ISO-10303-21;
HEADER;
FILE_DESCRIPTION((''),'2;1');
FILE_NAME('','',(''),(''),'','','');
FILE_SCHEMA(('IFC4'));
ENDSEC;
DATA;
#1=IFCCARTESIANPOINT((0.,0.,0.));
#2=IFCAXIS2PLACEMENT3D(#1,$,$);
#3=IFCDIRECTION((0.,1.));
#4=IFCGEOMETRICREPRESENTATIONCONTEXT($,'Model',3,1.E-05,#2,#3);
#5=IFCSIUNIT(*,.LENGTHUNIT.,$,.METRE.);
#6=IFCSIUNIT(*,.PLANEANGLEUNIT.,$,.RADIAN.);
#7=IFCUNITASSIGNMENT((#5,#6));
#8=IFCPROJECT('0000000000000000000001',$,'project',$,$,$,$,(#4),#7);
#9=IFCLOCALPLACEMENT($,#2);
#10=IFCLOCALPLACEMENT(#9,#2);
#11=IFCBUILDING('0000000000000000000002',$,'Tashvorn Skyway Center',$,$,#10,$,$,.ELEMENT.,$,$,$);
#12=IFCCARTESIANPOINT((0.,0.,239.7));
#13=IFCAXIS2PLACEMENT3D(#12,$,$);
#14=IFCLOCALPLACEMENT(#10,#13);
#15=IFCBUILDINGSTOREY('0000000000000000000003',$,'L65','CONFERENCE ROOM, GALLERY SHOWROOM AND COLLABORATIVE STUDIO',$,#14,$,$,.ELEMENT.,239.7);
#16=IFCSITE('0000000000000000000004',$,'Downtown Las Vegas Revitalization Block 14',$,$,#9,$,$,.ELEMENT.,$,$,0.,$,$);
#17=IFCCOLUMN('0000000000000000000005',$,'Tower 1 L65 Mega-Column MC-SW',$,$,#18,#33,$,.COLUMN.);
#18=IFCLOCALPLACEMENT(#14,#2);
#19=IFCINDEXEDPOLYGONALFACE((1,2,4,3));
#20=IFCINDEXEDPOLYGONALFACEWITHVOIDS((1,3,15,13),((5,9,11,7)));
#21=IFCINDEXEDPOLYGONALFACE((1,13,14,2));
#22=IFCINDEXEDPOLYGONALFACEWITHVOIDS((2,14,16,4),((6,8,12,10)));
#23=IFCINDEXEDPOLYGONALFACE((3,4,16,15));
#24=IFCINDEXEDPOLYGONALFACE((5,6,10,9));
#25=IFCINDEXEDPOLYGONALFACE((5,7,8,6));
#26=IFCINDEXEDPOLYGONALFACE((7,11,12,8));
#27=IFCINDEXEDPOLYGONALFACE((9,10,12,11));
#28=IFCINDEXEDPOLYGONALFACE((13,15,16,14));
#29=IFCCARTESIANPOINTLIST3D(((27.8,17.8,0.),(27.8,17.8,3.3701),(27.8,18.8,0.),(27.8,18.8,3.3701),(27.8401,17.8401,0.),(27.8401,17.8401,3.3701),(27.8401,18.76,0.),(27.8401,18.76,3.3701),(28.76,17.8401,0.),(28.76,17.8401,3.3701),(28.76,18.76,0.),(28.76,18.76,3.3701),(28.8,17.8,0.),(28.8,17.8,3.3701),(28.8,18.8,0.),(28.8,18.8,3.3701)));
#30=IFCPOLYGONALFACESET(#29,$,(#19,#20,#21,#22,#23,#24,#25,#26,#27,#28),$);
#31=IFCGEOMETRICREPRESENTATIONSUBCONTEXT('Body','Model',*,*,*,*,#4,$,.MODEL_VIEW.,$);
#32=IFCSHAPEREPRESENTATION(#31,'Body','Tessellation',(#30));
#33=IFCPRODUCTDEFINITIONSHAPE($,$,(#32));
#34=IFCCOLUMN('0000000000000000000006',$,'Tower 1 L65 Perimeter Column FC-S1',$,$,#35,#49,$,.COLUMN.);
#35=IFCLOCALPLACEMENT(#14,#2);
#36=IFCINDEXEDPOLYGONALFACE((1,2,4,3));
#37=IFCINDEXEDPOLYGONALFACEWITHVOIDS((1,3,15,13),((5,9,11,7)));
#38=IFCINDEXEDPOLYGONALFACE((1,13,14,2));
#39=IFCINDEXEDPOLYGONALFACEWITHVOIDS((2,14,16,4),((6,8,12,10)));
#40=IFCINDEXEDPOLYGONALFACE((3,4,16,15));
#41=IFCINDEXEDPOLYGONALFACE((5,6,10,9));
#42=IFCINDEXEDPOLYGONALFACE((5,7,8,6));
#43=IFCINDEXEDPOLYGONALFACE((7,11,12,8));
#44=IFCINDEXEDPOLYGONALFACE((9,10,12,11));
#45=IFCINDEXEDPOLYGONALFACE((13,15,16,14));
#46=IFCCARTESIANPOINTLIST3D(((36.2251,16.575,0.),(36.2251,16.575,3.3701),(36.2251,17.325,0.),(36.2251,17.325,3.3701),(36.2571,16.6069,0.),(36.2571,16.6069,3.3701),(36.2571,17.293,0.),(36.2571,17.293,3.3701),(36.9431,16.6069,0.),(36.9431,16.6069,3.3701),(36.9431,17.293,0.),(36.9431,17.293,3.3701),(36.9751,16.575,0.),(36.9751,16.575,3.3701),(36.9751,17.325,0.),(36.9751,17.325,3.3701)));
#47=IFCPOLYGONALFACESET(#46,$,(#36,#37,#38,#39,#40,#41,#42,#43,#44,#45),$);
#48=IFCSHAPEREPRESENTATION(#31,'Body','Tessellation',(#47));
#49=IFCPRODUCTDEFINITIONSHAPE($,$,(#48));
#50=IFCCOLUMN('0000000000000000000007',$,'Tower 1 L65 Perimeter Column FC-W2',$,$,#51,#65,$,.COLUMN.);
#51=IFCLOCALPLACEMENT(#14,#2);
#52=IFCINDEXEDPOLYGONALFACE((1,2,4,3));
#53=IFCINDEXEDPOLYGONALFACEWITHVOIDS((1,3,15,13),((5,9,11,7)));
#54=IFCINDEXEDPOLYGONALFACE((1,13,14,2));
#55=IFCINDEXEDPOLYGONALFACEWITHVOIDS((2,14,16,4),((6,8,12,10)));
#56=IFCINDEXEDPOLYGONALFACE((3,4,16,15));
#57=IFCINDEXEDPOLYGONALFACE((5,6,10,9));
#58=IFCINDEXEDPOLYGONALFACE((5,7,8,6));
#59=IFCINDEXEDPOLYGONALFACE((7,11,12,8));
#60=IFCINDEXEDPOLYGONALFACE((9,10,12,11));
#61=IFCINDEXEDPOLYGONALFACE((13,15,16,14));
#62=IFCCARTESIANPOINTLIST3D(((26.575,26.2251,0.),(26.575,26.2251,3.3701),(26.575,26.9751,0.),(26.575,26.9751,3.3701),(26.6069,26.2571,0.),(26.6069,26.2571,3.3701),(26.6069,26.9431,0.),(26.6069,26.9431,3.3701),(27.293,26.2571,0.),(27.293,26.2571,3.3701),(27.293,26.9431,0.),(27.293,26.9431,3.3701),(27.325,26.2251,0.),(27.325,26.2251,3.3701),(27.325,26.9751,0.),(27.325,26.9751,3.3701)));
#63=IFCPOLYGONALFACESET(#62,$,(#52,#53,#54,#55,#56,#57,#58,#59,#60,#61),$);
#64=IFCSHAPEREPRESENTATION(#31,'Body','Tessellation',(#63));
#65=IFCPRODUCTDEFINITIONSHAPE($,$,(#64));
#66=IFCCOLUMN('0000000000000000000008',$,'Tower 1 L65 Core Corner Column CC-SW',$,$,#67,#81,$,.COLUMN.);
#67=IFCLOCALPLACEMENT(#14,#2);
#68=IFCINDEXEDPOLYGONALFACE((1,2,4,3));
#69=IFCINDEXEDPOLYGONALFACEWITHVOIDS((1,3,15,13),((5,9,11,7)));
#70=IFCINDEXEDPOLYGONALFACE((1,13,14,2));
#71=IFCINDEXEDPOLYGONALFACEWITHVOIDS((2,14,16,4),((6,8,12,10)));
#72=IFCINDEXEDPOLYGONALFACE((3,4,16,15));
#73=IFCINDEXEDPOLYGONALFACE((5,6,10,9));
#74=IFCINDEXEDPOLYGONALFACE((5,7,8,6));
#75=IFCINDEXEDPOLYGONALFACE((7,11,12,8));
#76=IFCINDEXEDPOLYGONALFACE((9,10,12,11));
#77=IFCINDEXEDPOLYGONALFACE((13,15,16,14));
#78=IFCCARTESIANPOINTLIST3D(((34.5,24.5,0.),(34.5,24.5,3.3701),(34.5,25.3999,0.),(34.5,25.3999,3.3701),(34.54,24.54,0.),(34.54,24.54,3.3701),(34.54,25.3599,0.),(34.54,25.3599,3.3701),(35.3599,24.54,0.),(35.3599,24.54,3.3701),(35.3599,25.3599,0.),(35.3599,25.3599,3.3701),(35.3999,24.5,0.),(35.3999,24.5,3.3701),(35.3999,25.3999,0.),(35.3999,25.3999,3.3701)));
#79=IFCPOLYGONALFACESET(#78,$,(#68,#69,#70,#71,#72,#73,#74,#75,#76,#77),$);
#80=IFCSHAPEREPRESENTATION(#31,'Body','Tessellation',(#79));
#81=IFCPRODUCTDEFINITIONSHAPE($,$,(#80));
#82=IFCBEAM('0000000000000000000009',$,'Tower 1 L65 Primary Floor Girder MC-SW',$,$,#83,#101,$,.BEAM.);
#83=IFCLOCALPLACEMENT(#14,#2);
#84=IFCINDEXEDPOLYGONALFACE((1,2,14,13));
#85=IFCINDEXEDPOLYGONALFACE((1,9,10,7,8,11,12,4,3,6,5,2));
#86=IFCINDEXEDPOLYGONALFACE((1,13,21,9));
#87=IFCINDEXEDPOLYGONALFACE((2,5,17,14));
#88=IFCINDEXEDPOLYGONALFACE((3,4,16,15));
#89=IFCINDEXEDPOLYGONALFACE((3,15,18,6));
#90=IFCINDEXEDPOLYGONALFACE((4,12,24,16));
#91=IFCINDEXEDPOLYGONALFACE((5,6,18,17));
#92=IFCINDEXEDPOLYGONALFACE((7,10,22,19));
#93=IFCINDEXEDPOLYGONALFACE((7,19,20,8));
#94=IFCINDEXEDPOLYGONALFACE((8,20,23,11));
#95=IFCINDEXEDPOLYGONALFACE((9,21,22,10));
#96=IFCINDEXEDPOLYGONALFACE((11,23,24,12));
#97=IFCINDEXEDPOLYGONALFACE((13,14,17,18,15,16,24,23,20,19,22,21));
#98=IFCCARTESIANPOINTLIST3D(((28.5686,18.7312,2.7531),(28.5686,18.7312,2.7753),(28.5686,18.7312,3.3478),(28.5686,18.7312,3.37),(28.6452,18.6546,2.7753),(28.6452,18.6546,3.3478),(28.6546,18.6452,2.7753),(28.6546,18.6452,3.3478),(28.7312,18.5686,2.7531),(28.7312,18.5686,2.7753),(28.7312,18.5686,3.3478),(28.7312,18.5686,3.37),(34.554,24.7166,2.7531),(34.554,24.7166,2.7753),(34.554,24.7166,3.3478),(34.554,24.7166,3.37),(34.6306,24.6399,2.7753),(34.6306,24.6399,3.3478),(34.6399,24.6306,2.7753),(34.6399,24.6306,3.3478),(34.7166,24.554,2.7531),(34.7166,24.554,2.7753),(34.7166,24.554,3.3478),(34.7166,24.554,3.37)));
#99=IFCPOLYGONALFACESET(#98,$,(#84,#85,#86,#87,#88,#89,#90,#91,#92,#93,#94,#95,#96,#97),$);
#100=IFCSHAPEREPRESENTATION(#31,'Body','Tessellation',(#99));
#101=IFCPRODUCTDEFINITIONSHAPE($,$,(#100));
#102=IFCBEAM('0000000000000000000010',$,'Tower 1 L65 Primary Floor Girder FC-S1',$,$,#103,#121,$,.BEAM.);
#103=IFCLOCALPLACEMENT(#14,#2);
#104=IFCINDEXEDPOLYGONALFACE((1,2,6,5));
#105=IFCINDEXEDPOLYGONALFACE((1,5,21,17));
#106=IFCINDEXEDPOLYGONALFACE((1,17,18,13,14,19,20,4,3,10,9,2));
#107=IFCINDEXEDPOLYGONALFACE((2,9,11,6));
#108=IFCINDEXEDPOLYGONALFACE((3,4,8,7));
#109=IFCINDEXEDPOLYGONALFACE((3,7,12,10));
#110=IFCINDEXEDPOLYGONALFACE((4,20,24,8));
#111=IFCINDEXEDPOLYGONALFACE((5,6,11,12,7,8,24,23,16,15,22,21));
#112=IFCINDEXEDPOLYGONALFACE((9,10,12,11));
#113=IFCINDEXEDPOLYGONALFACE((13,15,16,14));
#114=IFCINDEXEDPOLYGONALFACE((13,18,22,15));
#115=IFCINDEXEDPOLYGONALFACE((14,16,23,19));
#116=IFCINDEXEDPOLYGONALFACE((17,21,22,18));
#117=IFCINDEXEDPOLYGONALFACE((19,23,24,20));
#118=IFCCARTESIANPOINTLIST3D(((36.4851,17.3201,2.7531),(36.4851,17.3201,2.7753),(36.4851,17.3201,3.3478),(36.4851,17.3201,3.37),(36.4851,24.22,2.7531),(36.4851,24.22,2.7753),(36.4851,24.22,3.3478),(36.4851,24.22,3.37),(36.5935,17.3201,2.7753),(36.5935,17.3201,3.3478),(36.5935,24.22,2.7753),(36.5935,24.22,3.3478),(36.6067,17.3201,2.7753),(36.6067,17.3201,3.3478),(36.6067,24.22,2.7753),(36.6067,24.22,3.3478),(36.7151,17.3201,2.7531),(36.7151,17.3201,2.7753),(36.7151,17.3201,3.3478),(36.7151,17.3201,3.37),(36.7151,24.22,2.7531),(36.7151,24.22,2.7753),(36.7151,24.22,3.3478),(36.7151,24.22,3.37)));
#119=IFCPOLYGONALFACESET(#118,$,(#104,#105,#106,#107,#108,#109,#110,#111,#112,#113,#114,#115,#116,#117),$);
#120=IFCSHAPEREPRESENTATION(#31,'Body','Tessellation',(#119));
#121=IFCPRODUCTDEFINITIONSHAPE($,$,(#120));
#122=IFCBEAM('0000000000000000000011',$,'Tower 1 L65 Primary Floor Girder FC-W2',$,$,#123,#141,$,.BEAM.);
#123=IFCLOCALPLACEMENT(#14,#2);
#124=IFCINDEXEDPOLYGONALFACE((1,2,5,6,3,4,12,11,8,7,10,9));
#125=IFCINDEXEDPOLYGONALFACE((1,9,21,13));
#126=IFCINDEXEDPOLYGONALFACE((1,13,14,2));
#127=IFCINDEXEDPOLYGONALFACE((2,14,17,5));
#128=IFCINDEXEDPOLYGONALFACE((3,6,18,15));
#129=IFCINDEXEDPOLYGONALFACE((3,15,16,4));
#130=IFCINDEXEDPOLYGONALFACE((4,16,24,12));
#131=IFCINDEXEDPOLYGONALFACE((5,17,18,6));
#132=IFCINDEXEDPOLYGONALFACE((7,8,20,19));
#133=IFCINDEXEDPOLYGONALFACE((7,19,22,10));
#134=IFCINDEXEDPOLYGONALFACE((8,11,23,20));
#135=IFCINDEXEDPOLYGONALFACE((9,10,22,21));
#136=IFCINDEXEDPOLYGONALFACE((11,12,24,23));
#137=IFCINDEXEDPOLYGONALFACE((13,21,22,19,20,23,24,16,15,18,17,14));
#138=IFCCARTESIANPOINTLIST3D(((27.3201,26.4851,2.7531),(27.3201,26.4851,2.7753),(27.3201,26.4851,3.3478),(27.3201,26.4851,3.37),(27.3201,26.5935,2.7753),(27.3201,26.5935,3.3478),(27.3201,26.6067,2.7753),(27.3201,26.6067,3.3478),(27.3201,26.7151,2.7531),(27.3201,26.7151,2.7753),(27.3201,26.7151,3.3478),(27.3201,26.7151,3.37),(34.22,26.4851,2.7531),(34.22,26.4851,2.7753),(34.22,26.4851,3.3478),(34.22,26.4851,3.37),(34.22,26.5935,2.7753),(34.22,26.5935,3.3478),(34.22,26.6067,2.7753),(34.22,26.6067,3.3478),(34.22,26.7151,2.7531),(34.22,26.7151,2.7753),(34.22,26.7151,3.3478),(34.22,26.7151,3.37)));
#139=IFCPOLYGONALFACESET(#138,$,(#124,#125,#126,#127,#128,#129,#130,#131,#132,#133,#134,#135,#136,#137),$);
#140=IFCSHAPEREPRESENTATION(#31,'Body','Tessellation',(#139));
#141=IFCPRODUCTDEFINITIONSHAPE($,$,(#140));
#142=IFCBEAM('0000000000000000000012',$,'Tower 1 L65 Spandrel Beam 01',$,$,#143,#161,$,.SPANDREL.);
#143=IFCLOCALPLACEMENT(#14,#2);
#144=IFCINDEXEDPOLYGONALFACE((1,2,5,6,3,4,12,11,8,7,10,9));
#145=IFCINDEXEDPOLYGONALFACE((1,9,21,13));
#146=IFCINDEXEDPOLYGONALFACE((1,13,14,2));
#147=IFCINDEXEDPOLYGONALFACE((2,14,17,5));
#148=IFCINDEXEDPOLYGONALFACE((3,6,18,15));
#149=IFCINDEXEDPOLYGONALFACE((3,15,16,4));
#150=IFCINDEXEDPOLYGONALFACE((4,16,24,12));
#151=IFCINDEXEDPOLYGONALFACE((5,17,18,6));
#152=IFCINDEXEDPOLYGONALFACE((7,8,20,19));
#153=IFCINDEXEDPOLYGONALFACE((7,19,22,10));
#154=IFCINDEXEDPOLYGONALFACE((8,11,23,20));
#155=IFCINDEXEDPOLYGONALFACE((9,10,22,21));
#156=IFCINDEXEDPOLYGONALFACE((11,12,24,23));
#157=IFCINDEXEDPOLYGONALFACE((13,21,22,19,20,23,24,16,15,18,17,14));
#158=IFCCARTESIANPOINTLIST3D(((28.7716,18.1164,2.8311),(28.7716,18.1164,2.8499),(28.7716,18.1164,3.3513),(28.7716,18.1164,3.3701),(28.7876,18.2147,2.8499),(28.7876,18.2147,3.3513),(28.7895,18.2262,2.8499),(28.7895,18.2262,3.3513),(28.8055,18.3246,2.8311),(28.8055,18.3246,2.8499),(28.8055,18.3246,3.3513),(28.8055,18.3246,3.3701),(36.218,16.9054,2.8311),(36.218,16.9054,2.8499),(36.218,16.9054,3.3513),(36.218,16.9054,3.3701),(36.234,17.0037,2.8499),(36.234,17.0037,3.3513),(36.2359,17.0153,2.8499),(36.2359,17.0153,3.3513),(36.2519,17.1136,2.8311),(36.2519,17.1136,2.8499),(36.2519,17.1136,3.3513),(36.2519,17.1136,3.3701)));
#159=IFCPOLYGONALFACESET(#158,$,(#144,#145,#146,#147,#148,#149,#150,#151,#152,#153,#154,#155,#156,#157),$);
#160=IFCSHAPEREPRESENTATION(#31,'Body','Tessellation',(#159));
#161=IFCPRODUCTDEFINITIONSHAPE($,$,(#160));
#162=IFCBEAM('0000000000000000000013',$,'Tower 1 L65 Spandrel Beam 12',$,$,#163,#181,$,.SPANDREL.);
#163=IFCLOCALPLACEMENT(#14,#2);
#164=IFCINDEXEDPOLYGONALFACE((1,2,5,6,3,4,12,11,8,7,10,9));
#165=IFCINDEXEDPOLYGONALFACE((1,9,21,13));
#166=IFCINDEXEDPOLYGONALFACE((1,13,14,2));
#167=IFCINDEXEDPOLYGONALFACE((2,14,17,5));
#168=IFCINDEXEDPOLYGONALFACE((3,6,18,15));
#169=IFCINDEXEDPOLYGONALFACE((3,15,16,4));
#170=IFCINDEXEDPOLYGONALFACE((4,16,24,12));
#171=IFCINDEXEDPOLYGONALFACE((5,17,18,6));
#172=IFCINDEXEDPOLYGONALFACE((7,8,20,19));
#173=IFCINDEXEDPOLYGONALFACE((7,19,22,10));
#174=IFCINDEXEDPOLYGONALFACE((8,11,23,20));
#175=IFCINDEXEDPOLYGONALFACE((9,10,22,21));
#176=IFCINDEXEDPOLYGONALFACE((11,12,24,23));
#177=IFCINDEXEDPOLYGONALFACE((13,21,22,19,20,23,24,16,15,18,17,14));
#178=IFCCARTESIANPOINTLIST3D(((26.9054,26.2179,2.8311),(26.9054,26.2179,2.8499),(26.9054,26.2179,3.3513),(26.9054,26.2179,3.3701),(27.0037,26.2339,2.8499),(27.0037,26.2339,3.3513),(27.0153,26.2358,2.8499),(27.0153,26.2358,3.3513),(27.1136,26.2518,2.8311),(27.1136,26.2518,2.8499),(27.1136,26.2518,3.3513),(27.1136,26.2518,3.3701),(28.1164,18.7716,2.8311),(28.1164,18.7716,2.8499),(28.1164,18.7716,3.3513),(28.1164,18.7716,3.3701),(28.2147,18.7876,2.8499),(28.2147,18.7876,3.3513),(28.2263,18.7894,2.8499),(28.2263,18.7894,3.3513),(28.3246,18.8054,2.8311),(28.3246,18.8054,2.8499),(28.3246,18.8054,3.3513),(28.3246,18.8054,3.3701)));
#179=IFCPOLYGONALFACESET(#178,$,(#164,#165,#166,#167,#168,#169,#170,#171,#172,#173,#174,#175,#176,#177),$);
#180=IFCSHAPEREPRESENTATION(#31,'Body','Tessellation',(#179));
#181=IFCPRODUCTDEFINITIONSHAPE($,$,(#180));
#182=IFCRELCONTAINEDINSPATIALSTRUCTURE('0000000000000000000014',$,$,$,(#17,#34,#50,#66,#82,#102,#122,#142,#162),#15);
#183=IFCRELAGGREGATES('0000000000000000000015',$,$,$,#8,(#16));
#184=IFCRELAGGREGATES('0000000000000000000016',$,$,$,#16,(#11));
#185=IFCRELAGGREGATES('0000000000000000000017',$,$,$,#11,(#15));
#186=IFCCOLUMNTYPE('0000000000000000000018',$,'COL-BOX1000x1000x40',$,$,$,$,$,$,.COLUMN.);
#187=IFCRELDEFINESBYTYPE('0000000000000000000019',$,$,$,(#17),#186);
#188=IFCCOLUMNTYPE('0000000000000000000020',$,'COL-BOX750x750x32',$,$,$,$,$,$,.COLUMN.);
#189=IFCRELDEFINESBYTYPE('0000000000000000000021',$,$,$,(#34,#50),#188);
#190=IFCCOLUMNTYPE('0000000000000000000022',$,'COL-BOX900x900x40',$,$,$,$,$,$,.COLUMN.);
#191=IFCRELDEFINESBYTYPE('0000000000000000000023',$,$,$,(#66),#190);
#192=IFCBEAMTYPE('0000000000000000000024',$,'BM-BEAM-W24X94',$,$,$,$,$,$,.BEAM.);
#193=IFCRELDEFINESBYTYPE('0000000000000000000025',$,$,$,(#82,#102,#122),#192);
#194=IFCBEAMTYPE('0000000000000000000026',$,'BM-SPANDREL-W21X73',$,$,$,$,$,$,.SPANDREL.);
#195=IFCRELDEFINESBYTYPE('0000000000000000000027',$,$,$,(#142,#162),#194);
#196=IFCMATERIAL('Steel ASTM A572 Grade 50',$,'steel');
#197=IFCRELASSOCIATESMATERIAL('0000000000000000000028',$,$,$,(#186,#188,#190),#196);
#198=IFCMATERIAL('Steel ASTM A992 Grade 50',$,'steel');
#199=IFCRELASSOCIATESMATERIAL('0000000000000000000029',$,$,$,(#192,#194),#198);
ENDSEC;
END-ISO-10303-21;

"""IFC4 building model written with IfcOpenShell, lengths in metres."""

from ifc_helpers import new_model, si_unit, direction, frame, origin, origin_2d, place, context, subcontext, project, spatial, hollow_rectangle, i_section, extrude, material, material_profile, profile_set, type_object, element, save


model = new_model("IFC4")

# Units and contexts
model_context = context("Model", 3, precision=1e-05, world=origin(), true_north=direction((0.0, 1.0)))
body_context = subcontext(model_context, "Body", "Model", "MODEL_VIEW")
ifc_project = project(units=[si_unit("LENGTHUNIT", "METRE"), si_unit("PLANEANGLEUNIT", "RADIAN")], contexts=[model_context])

# Site, building, storey
site_placement = place(None, origin())
site = spatial("IfcSite", under=ifc_project, at=site_placement, Name="Downtown Las Vegas Revitalization Block 14", CompositionType="ELEMENT", RefElevation=0.0)
building_placement = place(site_placement, origin())
building = spatial("IfcBuilding", under=site, at=building_placement, Name="Tashvorn Skyway Center", CompositionType="ELEMENT")
storey_placement = place(building_placement, frame((0.0, 0.0, 239.7)))
storey = spatial("IfcBuildingStorey", under=building, at=storey_placement, Name="L65", Description="CONFERENCE ROOM, GALLERY SHOWROOM AND COLLABORATIVE STUDIO", CompositionType="ELEMENT", Elevation=239.7)

# Columns
ifc_material_1 = material(Name="Steel ASTM A572 Grade 50", Category="steel")
ifc_material_profile_1 = material_profile(ifc_material_1, hollow_rectangle(XDim=1.0, YDim=1.0, WallThickness=0.04, at=origin_2d()), Name="BOX1000x1000x40")
ifc_profile_set_1 = profile_set([ifc_material_profile_1], Name="Steel ASTM A572 Grade 50")
column_type_1 = type_object("IfcColumnType", Name="COL-BOX1000x1000x40", PredefinedType="COLUMN", material=ifc_profile_set_1)
column_1_placement = place(storey_placement, frame((28.3, 18.3, 0.0), z_axis=(0.0, 0.0, 1.0), x_axis=(1.0, 0.0, 0.0)))
element("IfcColumn", 1, at=column_1_placement, inside=storey, type_object=column_type_1, Name="Tower 1 L65 Mega-Column MC-SW", PredefinedType="COLUMN", context=body_context, shape_type="SweptSolid", body=[
    extrude(hollow_rectangle(XDim=1.0, YDim=1.0, WallThickness=0.04, at=origin_2d()), origin(), (0.0, 0.0, 1.0), 3.3701),
])
ifc_material_profile_2 = material_profile(ifc_material_1, hollow_rectangle(XDim=0.75, YDim=0.75, WallThickness=0.032, at=origin_2d()), Name="BOX750x750x32")
ifc_profile_set_2 = profile_set([ifc_material_profile_2], Name="Steel ASTM A572 Grade 50")
column_type_2 = type_object("IfcColumnType", Name="COL-BOX750x750x32", PredefinedType="COLUMN", material=ifc_profile_set_2)
for number, where, z_axis, x_axis, name in (
    (2, (36.6001, 16.95, 0.0), (0.0, 0.0, 1.0), (1.0, 0.0, 0.0), "Tower 1 L65 Perimeter Column FC-S1"),
    (3, (26.95, 26.6001, 0.0), (0.0, 0.0, 1.0), (1.0, 0.0, 0.0), "Tower 1 L65 Perimeter Column FC-W2"),
):
    element("IfcColumn", number, at=place(storey_placement, frame(where, z_axis=z_axis, x_axis=x_axis)), inside=storey, type_object=column_type_2, Name=name, PredefinedType="COLUMN", context=body_context, shape_type="SweptSolid", body=[
        extrude(hollow_rectangle(XDim=0.75, YDim=0.75, WallThickness=0.032, at=origin_2d()), origin(), (0.0, 0.0, 1.0), 3.3701),
    ])
ifc_material_profile_3 = material_profile(ifc_material_1, hollow_rectangle(XDim=0.8999, YDim=0.8999, WallThickness=0.04, at=origin_2d()), Name="BOX900x900x40")
ifc_profile_set_3 = profile_set([ifc_material_profile_3], Name="Steel ASTM A572 Grade 50")
column_type_3 = type_object("IfcColumnType", Name="COL-BOX900x900x40", PredefinedType="COLUMN", material=ifc_profile_set_3)
column_2_placement = place(storey_placement, frame((34.95, 24.95, 0.0), z_axis=(0.0, 0.0, 1.0), x_axis=(1.0, 0.0, 0.0)))
element("IfcColumn", 4, at=column_2_placement, inside=storey, type_object=column_type_3, Name="Tower 1 L65 Core Corner Column CC-SW", PredefinedType="COLUMN", context=body_context, shape_type="SweptSolid", body=[
    extrude(hollow_rectangle(XDim=0.8999, YDim=0.8999, WallThickness=0.04, at=origin_2d()), origin(), (0.0, 0.0, 1.0), 3.3701),
])

# Beams
ifc_material_2 = material(Name="Steel ASTM A992 Grade 50", Category="steel")
ifc_material_profile_4 = material_profile(ifc_material_2, i_section(OverallWidth=0.23, OverallDepth=0.6169, WebThickness=0.0132, FlangeThickness=0.0222, at=origin_2d()), Name="W24X94")
ifc_profile_set_4 = profile_set([ifc_material_profile_4], Name="Steel ASTM A992 Grade 50")
beam_type_1 = type_object("IfcBeamType", Name="BM-BEAM-W24X94", PredefinedType="BEAM", material=ifc_profile_set_4)
beam_placement = place(storey_placement, frame((28.6499, 18.6499, 3.0615), z_axis=(0.707107, 0.707107, 0.0), x_axis=(-0.707107, 0.707107, 0.0)))
element("IfcBeam", 5, at=beam_placement, inside=storey, type_object=beam_type_1, Name="Tower 1 L65 Primary Floor Girder MC-SW", PredefinedType="BEAM", context=body_context, shape_type="SweptSolid", body=[
    extrude(i_section(OverallWidth=0.23, OverallDepth=0.6169, WebThickness=0.0132, FlangeThickness=0.0222, at=origin_2d()), origin(), (0.0, 0.0, 1.0), 8.4646),
])
for number, where, z_axis, x_axis, name in (
    (6, (36.6001, 17.3201, 3.0615), (0.0, 1.0, 0.0), (-1.0, 0.0, 0.0), "Tower 1 L65 Primary Floor Girder FC-S1"),
    (7, (27.3201, 26.6001, 3.0615), (1.0, 0.0, 0.0), (0.0, 1.0, 0.0), "Tower 1 L65 Primary Floor Girder FC-W2"),
):
    element("IfcBeam", number, at=place(storey_placement, frame(where, z_axis=z_axis, x_axis=x_axis)), inside=storey, type_object=beam_type_1, Name=name, PredefinedType="BEAM", context=body_context, shape_type="SweptSolid", body=[
        extrude(i_section(OverallWidth=0.23, OverallDepth=0.6169, WebThickness=0.0132, FlangeThickness=0.0222, at=origin_2d()), origin(), (0.0, 0.0, 1.0), 6.8999),
    ])
ifc_material_profile_5 = material_profile(ifc_material_2, i_section(OverallWidth=0.2109, OverallDepth=0.5391, WebThickness=0.0117, FlangeThickness=0.0188, at=origin_2d()), Name="W21X73")
ifc_profile_set_5 = profile_set([ifc_material_profile_5], Name="Steel ASTM A992 Grade 50")
beam_type_2 = type_object("IfcBeamType", Name="BM-SPANDREL-W21X73", PredefinedType="SPANDREL", material=ifc_profile_set_5)
for number, where, z_axis, x_axis, name in (
    (8, (28.7886, 18.2205, 3.1006), (0.987034, -0.160514, 0.0), (0.160514, 0.987034, 0.0), "Tower 1 L65 Spandrel Beam 01"),
    (9, (27.0095, 26.2349, 3.1006), (0.160514, -0.987034, 0.0), (0.987034, 0.160514, 0.0), "Tower 1 L65 Spandrel Beam 12"),
):
    element("IfcBeam", number, at=place(storey_placement, frame(where, z_axis=z_axis, x_axis=x_axis)), inside=storey, type_object=beam_type_2, Name=name, PredefinedType="SPANDREL", context=body_context, shape_type="SweptSolid", body=[
        extrude(i_section(OverallWidth=0.2109, OverallDepth=0.5391, WebThickness=0.0117, FlangeThickness=0.0188, at=origin_2d()), origin(), (0.0, 0.0, 1.0), 7.5442),
    ])

save(model, "model.ifc")
